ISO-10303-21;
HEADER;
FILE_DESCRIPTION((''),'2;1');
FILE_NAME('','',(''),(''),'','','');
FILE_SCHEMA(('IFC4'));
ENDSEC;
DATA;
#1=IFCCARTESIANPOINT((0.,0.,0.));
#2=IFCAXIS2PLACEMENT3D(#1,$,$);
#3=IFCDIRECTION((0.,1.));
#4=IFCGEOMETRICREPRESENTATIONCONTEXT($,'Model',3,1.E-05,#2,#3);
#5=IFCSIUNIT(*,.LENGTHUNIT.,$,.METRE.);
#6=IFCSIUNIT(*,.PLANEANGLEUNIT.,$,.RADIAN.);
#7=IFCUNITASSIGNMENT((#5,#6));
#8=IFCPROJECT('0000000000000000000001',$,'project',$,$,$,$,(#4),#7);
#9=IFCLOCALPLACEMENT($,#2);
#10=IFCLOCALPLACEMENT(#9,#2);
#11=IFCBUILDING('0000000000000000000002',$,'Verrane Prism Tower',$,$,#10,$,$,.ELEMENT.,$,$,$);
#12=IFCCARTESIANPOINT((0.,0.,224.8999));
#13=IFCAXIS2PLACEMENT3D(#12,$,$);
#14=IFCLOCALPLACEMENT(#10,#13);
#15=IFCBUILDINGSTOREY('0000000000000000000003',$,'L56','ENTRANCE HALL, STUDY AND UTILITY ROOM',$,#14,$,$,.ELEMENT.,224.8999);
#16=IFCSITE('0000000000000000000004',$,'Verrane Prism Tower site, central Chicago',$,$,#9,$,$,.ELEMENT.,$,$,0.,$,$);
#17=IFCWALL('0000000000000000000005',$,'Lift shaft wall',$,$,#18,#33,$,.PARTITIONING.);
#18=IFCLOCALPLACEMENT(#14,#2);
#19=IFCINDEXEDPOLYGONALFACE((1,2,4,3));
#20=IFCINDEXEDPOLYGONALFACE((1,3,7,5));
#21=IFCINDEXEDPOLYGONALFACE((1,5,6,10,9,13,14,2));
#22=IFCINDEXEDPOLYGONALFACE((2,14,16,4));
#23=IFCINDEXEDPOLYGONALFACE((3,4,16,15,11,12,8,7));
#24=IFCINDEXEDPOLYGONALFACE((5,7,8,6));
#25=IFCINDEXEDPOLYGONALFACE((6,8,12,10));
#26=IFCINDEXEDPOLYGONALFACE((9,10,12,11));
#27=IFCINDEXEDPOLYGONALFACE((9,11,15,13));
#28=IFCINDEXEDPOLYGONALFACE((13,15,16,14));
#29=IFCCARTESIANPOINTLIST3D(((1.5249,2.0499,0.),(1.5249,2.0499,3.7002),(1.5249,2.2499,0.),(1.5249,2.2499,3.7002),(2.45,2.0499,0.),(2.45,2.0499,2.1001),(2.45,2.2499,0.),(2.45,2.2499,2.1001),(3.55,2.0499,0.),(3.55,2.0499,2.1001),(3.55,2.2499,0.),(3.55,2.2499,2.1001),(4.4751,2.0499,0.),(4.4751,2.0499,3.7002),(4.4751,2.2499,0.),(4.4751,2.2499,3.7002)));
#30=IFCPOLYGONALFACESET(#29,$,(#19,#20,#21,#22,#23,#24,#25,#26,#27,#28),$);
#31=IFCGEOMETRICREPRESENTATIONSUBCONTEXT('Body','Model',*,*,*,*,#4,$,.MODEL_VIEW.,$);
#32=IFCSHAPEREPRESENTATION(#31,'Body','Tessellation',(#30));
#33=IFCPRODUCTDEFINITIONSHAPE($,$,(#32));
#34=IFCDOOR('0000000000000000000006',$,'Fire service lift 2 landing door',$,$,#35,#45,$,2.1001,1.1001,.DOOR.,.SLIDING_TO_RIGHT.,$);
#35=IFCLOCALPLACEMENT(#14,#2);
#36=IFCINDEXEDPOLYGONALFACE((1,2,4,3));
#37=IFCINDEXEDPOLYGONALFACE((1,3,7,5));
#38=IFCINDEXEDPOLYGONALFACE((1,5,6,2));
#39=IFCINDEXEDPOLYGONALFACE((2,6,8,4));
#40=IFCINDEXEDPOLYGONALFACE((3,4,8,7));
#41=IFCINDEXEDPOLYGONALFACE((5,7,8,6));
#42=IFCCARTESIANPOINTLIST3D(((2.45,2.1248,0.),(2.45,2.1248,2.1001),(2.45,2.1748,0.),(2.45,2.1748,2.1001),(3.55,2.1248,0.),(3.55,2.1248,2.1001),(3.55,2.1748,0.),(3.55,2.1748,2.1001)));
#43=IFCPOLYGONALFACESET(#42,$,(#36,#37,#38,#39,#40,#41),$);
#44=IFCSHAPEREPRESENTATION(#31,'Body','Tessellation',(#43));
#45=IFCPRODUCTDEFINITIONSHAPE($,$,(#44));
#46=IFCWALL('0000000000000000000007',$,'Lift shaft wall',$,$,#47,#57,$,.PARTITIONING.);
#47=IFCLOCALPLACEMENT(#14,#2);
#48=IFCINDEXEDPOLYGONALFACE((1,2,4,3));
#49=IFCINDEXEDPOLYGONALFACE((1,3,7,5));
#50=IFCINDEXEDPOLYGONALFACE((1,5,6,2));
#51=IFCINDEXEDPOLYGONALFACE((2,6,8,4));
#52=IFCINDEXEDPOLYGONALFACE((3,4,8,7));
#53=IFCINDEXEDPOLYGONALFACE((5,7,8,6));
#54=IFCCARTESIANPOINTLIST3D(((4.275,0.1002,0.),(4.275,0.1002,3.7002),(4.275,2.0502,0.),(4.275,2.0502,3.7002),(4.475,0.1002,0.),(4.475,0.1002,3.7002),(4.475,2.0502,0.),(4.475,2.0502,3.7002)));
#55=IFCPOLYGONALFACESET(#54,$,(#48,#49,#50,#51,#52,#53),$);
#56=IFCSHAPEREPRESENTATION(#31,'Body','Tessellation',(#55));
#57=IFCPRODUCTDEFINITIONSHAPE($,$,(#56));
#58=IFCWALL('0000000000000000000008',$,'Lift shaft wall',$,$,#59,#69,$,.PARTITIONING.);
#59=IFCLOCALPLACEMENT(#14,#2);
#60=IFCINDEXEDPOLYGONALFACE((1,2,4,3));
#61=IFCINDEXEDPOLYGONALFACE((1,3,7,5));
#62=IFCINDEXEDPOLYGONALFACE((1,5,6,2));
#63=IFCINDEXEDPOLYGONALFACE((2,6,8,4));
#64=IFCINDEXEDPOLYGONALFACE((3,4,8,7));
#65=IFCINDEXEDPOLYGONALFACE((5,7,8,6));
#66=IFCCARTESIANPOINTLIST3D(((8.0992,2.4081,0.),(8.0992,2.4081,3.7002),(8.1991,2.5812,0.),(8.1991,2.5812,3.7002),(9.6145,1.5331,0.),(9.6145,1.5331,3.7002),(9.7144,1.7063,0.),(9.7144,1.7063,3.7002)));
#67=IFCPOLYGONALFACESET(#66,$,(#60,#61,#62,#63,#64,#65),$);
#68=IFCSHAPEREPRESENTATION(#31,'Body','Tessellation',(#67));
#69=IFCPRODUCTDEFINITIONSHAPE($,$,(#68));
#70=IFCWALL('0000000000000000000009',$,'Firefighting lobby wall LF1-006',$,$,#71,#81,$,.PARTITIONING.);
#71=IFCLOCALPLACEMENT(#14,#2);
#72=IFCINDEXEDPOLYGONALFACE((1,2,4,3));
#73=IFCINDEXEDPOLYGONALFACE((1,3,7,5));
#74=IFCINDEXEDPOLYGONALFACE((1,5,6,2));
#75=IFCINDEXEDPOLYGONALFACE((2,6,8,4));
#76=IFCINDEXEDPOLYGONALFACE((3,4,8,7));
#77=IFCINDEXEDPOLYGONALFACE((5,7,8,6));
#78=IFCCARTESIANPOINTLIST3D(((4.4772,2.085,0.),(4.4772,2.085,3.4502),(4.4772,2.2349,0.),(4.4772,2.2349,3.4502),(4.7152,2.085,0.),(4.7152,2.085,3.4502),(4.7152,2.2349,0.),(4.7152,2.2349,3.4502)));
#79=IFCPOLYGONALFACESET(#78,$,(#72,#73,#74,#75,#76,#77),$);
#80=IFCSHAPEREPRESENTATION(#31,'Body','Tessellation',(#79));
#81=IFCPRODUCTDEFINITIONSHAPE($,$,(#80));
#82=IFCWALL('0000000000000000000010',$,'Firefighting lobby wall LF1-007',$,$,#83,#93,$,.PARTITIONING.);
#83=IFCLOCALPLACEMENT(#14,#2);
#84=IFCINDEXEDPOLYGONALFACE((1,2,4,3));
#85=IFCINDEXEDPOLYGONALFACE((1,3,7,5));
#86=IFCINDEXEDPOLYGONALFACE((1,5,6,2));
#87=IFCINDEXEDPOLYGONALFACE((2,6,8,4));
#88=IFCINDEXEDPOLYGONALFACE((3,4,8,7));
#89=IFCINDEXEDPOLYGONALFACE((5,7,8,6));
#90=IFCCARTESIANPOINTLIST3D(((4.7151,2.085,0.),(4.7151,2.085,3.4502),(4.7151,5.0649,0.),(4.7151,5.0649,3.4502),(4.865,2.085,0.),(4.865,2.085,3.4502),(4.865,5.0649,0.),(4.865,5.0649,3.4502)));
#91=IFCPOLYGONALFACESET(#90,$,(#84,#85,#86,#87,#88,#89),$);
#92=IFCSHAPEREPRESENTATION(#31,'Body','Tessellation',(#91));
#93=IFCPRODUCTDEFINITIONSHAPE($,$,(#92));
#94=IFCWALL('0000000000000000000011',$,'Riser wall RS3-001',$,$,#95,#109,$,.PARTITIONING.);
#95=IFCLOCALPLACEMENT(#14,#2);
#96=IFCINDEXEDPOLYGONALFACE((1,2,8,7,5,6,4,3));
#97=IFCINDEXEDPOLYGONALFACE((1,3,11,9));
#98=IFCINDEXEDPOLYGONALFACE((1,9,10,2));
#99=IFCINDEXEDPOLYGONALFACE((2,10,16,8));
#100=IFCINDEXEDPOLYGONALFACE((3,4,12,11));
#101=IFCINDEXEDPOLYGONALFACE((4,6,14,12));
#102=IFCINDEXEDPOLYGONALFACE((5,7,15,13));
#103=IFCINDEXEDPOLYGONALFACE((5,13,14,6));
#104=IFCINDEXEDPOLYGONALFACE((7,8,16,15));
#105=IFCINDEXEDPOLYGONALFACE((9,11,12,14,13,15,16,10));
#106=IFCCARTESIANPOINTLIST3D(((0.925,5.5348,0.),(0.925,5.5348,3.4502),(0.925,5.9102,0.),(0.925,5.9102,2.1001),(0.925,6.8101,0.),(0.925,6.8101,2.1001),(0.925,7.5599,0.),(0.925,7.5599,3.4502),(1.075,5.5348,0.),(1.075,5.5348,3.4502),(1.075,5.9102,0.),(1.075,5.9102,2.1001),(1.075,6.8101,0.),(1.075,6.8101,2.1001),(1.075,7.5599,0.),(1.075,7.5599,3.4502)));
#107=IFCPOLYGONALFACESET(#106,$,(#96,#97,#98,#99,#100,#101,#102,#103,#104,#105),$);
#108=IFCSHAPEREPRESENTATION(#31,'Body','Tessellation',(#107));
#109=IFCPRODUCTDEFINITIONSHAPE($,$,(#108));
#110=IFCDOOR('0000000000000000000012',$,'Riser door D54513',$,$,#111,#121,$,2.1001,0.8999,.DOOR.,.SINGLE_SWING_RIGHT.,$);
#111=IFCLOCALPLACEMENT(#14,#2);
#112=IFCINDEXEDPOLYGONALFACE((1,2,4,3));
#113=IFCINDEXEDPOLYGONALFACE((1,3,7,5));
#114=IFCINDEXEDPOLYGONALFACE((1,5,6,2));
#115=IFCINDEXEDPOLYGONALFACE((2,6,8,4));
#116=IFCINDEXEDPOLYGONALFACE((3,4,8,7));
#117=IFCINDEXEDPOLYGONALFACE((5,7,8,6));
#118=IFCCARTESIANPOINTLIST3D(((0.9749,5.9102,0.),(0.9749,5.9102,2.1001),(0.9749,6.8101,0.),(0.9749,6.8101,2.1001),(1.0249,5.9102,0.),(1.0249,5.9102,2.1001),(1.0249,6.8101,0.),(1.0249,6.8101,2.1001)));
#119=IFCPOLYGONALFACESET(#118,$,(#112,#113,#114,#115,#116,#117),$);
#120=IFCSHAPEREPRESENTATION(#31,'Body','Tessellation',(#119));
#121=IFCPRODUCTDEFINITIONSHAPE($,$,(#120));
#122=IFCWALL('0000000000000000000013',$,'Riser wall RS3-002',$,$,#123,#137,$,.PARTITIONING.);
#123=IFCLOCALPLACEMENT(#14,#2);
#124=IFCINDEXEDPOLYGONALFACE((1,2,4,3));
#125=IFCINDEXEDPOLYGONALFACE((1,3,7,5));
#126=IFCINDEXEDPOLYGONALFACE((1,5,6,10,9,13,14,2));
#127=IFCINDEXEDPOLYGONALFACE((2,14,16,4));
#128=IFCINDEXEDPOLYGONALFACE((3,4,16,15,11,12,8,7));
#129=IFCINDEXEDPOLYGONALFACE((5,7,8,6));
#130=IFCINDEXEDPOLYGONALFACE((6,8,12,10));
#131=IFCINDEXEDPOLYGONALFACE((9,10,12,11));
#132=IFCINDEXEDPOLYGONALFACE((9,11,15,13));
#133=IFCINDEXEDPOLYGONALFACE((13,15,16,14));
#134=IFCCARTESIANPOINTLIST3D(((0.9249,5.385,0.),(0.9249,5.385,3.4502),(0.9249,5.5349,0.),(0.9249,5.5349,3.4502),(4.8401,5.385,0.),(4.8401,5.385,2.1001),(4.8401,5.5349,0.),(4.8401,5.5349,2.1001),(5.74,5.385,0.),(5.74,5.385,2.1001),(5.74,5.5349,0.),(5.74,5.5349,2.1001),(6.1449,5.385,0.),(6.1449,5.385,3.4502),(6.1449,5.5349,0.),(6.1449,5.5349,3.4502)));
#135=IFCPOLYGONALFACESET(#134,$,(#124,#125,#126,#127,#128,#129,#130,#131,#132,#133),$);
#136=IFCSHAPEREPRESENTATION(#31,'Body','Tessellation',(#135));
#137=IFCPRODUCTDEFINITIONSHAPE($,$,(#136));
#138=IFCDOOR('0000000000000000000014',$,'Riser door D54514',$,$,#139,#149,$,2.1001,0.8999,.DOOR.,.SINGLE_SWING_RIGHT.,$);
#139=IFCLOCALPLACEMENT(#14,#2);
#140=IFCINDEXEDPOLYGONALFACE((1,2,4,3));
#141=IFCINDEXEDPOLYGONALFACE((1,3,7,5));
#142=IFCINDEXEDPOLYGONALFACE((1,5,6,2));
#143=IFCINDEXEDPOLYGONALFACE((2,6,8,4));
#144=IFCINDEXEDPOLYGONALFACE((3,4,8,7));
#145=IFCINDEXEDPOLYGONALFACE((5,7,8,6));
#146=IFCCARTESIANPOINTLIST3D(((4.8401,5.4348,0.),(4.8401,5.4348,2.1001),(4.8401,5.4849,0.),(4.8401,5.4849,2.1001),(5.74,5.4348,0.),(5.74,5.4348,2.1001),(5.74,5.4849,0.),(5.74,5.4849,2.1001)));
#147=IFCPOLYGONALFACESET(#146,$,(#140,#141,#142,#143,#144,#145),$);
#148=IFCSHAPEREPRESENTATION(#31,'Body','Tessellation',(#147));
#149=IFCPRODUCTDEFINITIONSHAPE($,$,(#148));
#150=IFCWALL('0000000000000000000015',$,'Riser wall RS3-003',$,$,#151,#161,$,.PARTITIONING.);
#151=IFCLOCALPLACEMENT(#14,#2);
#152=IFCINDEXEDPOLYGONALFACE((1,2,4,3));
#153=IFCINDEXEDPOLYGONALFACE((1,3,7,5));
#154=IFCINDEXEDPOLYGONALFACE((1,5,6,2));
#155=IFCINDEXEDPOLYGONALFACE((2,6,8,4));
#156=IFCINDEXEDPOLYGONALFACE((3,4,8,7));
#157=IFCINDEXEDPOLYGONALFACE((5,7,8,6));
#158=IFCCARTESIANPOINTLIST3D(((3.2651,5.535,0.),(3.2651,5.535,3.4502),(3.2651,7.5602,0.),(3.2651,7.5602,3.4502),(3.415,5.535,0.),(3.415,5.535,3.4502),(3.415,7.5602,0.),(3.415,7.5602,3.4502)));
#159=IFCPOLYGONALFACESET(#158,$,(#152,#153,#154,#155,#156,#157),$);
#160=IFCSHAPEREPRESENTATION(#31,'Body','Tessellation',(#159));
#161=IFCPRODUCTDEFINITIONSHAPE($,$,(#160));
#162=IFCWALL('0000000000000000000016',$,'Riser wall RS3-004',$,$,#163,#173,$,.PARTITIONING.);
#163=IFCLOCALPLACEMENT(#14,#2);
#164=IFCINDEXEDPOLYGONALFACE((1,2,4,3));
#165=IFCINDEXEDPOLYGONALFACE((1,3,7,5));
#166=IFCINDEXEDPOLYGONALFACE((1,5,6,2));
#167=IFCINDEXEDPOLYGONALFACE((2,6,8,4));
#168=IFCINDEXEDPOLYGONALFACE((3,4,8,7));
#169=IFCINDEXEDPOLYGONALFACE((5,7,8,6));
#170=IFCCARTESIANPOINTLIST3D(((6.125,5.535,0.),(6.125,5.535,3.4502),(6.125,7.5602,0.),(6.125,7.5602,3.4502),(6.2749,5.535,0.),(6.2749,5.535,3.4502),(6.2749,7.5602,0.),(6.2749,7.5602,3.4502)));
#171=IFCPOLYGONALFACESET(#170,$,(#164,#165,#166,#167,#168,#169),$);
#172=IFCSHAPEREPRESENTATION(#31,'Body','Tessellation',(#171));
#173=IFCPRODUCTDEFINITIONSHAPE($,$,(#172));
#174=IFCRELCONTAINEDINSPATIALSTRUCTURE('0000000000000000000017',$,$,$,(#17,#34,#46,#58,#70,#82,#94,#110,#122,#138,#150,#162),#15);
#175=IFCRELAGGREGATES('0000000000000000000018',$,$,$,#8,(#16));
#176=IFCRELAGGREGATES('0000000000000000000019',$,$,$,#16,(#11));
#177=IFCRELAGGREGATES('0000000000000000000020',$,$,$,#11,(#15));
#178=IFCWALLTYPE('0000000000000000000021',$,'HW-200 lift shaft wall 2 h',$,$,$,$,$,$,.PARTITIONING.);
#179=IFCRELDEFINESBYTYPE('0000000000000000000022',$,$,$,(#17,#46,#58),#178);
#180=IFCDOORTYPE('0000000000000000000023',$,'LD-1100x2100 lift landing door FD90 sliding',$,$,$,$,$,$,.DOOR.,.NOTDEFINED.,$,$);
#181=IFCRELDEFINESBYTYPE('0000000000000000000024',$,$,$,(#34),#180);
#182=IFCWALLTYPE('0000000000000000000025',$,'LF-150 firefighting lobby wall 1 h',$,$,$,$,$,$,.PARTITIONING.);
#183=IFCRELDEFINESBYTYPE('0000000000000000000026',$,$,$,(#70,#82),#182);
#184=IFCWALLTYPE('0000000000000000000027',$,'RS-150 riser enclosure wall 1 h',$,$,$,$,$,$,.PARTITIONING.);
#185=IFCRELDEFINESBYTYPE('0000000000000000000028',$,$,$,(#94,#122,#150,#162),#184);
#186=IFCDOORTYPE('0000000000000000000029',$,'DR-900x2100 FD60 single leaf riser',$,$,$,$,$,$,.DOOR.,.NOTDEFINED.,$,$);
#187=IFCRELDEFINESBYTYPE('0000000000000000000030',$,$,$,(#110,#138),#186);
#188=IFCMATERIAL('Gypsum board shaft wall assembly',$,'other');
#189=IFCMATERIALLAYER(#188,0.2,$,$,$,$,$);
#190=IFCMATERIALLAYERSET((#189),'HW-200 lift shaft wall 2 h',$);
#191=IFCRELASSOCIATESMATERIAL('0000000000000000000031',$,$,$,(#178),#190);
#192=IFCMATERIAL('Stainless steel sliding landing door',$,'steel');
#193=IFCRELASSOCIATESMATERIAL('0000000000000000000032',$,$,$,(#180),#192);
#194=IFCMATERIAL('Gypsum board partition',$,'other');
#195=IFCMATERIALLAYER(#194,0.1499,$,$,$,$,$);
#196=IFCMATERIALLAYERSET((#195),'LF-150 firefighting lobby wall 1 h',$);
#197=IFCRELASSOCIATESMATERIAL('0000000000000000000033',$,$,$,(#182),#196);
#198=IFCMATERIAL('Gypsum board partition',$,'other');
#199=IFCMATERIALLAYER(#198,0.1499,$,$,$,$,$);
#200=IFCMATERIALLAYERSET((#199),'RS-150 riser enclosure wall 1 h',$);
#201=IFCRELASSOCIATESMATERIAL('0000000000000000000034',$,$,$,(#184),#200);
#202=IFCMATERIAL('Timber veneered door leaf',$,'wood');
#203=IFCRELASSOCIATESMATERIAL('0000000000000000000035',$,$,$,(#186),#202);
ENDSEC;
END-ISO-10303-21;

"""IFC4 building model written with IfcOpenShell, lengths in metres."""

from ifc_helpers import new_model, si_unit, direction, frame, frame_2d, origin, place, context, subcontext, project, spatial, rectangle, extrude, material, layer, layer_set, type_object, element, fill, save


model = new_model("IFC4")

# Units and contexts
model_context = context("Model", 3, precision=1e-05, world=origin(), true_north=direction((0.0, 1.0)))
body_context = subcontext(model_context, "Body", "Model", "MODEL_VIEW")
ifc_project = project(units=[si_unit("LENGTHUNIT", "METRE"), si_unit("PLANEANGLEUNIT", "RADIAN")], contexts=[model_context])

# Site, building, storey
site_placement = place(None, origin())
site = spatial("IfcSite", under=ifc_project, at=site_placement, Name="Verrane Prism Tower site, central Chicago", CompositionType="ELEMENT", RefElevation=0.0)
building_placement = place(site_placement, origin())
building = spatial("IfcBuilding", under=site, at=building_placement, Name="Verrane Prism Tower", CompositionType="ELEMENT")
storey_placement = place(building_placement, frame((0.0, 0.0, 224.8999)))
storey = spatial("IfcBuildingStorey", under=building, at=storey_placement, Name="L56", Description="ENTRANCE HALL, STUDY AND UTILITY ROOM", CompositionType="ELEMENT", Elevation=224.8999)

# Wall, opening, door
ifc_material_1 = material(Name="Gypsum board shaft wall assembly", Category="other")
ifc_layer_1 = layer(ifc_material_1, 0.2)
ifc_layer_set_1 = layer_set([ifc_layer_1], Name="HW-200 lift shaft wall 2 h")
wall_type_1 = type_object("IfcWallType", Name="HW-200 lift shaft wall 2 h", PredefinedType="PARTITIONING", material=ifc_layer_set_1)
wall_1_placement = place(storey_placement, frame((1.5249, 2.1499, 0.0), z_axis=(0.0, 0.0, 1.0), x_axis=(1.0, 0.0, 0.0)))
wall_1 = element("IfcWall", 1, at=wall_1_placement, inside=storey, type_object=wall_type_1, Name="Lift shaft wall", PredefinedType="PARTITIONING", context=body_context, shape_type="SweptSolid", body=[
    extrude(rectangle(XDim=2.9502, YDim=0.2, at=frame_2d((1.4751, 0.0))), origin(), (0.0, 0.0, 1.0), 3.7002),
])
opening_1_placement = place(wall_1_placement, frame((0.925, 0.0, 0.0)))
opening_1 = element("IfcOpeningElement", 2, at=opening_1_placement, cuts=wall_1, PredefinedType="OPENING", context=body_context, shape_type="SweptSolid", body=[
    extrude(rectangle(XDim=1.1001, YDim=2.1001, at=frame_2d((0.55, 1.05))), frame((0.0, 0.1099, 0.0), z_axis=(0.0, -1.0, 0.0), x_axis=(1.0, 0.0, 0.0)), (0.0, 0.0, 1.0), 0.22),
])
ifc_material_2 = material(Name="Stainless steel sliding landing door", Category="steel")
door_type_1 = type_object("IfcDoorType", Name="LD-1100x2100 lift landing door FD90 sliding", OperationType="NOTDEFINED", PredefinedType="DOOR", material=ifc_material_2)
door_1_placement = place(opening_1_placement, origin())
door_1 = element("IfcDoor", 3, at=door_1_placement, inside=storey, type_object=door_type_1, Name="Fire service lift 2 landing door", OperationType="SLIDING_TO_RIGHT", OverallHeight=2.1001, OverallWidth=1.1001, PredefinedType="DOOR", context=body_context, shape_type="SweptSolid", body=[
    extrude(rectangle(XDim=1.1001, YDim=2.1001, at=frame_2d((0.55, 1.05))), frame((0.0, 0.0249, 0.0), z_axis=(0.0, -1.0, 0.0), x_axis=(1.0, 0.0, 0.0)), (0.0, 0.0, 1.0), 0.05),
])
fill(opening_1, door_1)

# Walls
wall_2_placement = place(storey_placement, frame((4.375, 0.1001, 0.0), z_axis=(0.0, 0.0, 1.0), x_axis=(0.0, 1.0, 0.0)))
element("IfcWall", 4, at=wall_2_placement, inside=storey, type_object=wall_type_1, Name="Lift shaft wall", PredefinedType="PARTITIONING", context=body_context, shape_type="SweptSolid", body=[
    extrude(rectangle(XDim=1.95, YDim=0.2, at=frame_2d((0.9751, 0.0))), origin(), (0.0, 0.0, 1.0), 3.7002),
])
wall_3_placement = place(storey_placement, frame((9.6646, 1.6196, 0.0), z_axis=(0.0, 0.0, 1.0), x_axis=(-0.866002, 0.50004, 0.0)))
element("IfcWall", 5, at=wall_3_placement, inside=storey, type_object=wall_type_1, Name="Lift shaft wall", PredefinedType="PARTITIONING", context=body_context, shape_type="SweptSolid", body=[
    extrude(rectangle(XDim=1.7498, YDim=0.2, at=frame_2d((0.875, 0.0))), origin(), (0.0, 0.0, 1.0), 3.7002),
])
ifc_material_3 = material(Name="Gypsum board partition", Category="other")
ifc_layer_2 = layer(ifc_material_3, 0.1499)
ifc_layer_set_2 = layer_set([ifc_layer_2], Name="LF-150 firefighting lobby wall 1 h")
wall_type_2 = type_object("IfcWallType", Name="LF-150 firefighting lobby wall 1 h", PredefinedType="PARTITIONING", material=ifc_layer_set_2)
wall_4_placement = place(storey_placement, frame((4.4771, 2.1599, 0.0), z_axis=(0.0, 0.0, 1.0), x_axis=(1.0, 0.0, 0.0)))
element("IfcWall", 6, at=wall_4_placement, inside=storey, type_object=wall_type_2, Name="Firefighting lobby wall LF1-006", PredefinedType="PARTITIONING", context=body_context, shape_type="SweptSolid", body=[
    extrude(rectangle(XDim=0.238, YDim=0.1499, at=frame_2d((0.1191, 0.0))), origin(), (0.0, 0.0, 1.0), 3.4502),
])
wall_5_placement = place(storey_placement, frame((4.79, 2.085, 0.0), z_axis=(0.0, 0.0, 1.0), x_axis=(0.0, 1.0, 0.0)))
element("IfcWall", 7, at=wall_5_placement, inside=storey, type_object=wall_type_2, Name="Firefighting lobby wall LF1-007", PredefinedType="PARTITIONING", context=body_context, shape_type="SweptSolid", body=[
    extrude(rectangle(XDim=2.98, YDim=0.1499, at=frame_2d((1.49, 0.0))), origin(), (0.0, 0.0, 1.0), 3.4502),
])

# Walls, openings, doors
ifc_material_4 = material(Name="Gypsum board partition", Category="other")
ifc_layer_3 = layer(ifc_material_4, 0.1499)
ifc_layer_set_3 = layer_set([ifc_layer_3], Name="RS-150 riser enclosure wall 1 h")
wall_type_3 = type_object("IfcWallType", Name="RS-150 riser enclosure wall 1 h", PredefinedType="PARTITIONING", material=ifc_layer_set_3)
wall_6_placement = place(storey_placement, frame((1.0, 7.5601, 0.0), z_axis=(0.0, 0.0, 1.0), x_axis=(0.0, -1.0, 0.0)))
wall_6 = element("IfcWall", 8, at=wall_6_placement, inside=storey, type_object=wall_type_3, Name="Riser wall RS3-001", PredefinedType="PARTITIONING", context=body_context, shape_type="SweptSolid", body=[
    extrude(rectangle(XDim=2.0251, YDim=0.1499, at=frame_2d((1.0127, 0.0))), origin(), (0.0, 0.0, 1.0), 3.4502),
])
opening_2_placement = place(wall_6_placement, frame((0.75, 0.0, 0.0)))
opening_2 = element("IfcOpeningElement", 9, at=opening_2_placement, cuts=wall_6, PredefinedType="OPENING", context=body_context, shape_type="SweptSolid", body=[
    extrude(rectangle(XDim=0.8999, YDim=2.1001, at=frame_2d((0.45, 1.05))), frame((0.0, 0.085, 0.0), z_axis=(0.0, -1.0, 0.0), x_axis=(1.0, 0.0, 0.0)), (0.0, 0.0, 1.0), 0.1699),
])
ifc_material_5 = material(Name="Timber veneered door leaf", Category="wood")
door_type_2 = type_object("IfcDoorType", Name="DR-900x2100 FD60 single leaf riser", OperationType="NOTDEFINED", PredefinedType="DOOR", material=ifc_material_5)
door_2_placement = place(opening_2_placement, origin())
door_2 = element("IfcDoor", 10, at=door_2_placement, inside=storey, type_object=door_type_2, Name="Riser door D54513", OperationType="SINGLE_SWING_RIGHT", OverallHeight=2.1001, OverallWidth=0.8999, PredefinedType="DOOR", context=body_context, shape_type="SweptSolid", body=[
    extrude(rectangle(XDim=0.8999, YDim=2.1001, at=frame_2d((0.45, 1.05))), frame((0.0, 0.0249, 0.0), z_axis=(0.0, -1.0, 0.0), x_axis=(1.0, 0.0, 0.0)), (0.0, 0.0, 1.0), 0.05),
])
fill(opening_2, door_2)
wall_7_placement = place(storey_placement, frame((0.925, 5.46, 0.0), z_axis=(0.0, 0.0, 1.0), x_axis=(1.0, 0.0, 0.0)))
wall_7 = element("IfcWall", 11, at=wall_7_placement, inside=storey, type_object=wall_type_3, Name="Riser wall RS3-002", PredefinedType="PARTITIONING", context=body_context, shape_type="SweptSolid", body=[
    extrude(rectangle(XDim=5.22, YDim=0.1499, at=frame_2d((2.6099, 0.0))), origin(), (0.0, 0.0, 1.0), 3.4502),
])
opening_3_placement = place(wall_7_placement, frame((3.915, 0.0, 0.0)))
opening_3 = element("IfcOpeningElement", 12, at=opening_3_placement, cuts=wall_7, PredefinedType="OPENING", context=body_context, shape_type="SweptSolid", body=[
    extrude(rectangle(XDim=0.8999, YDim=2.1001, at=frame_2d((0.45, 1.05))), frame((0.0, 0.085, 0.0), z_axis=(0.0, -1.0, 0.0), x_axis=(1.0, 0.0, 0.0)), (0.0, 0.0, 1.0), 0.1699),
])
door_3_placement = place(opening_3_placement, origin())
door_3 = element("IfcDoor", 13, at=door_3_placement, inside=storey, type_object=door_type_2, Name="Riser door D54514", OperationType="SINGLE_SWING_RIGHT", OverallHeight=2.1001, OverallWidth=0.8999, PredefinedType="DOOR", context=body_context, shape_type="SweptSolid", body=[
    extrude(rectangle(XDim=0.8999, YDim=2.1001, at=frame_2d((0.45, 1.05))), frame((0.0, 0.0249, 0.0), z_axis=(0.0, -1.0, 0.0), x_axis=(1.0, 0.0, 0.0)), (0.0, 0.0, 1.0), 0.05),
])
fill(opening_3, door_3)

# Walls
for number, where, z_axis, x_axis, name in (
    (14, (3.3401, 5.5349, 0.0), (0.0, 0.0, 1.0), (0.0, 1.0, 0.0), "Riser wall RS3-003"),
    (15, (6.2, 5.5349, 0.0), (0.0, 0.0, 1.0), (0.0, 1.0, 0.0), "Riser wall RS3-004"),
):
    element("IfcWall", number, at=place(storey_placement, frame(where, z_axis=z_axis, x_axis=x_axis)), inside=storey, type_object=wall_type_3, Name=name, PredefinedType="PARTITIONING", context=body_context, shape_type="SweptSolid", body=[
        extrude(rectangle(XDim=2.0251, YDim=0.1499, at=frame_2d((1.0127, 0.0))), origin(), (0.0, 0.0, 1.0), 3.4502),
    ])

save(model, "model.ifc")
